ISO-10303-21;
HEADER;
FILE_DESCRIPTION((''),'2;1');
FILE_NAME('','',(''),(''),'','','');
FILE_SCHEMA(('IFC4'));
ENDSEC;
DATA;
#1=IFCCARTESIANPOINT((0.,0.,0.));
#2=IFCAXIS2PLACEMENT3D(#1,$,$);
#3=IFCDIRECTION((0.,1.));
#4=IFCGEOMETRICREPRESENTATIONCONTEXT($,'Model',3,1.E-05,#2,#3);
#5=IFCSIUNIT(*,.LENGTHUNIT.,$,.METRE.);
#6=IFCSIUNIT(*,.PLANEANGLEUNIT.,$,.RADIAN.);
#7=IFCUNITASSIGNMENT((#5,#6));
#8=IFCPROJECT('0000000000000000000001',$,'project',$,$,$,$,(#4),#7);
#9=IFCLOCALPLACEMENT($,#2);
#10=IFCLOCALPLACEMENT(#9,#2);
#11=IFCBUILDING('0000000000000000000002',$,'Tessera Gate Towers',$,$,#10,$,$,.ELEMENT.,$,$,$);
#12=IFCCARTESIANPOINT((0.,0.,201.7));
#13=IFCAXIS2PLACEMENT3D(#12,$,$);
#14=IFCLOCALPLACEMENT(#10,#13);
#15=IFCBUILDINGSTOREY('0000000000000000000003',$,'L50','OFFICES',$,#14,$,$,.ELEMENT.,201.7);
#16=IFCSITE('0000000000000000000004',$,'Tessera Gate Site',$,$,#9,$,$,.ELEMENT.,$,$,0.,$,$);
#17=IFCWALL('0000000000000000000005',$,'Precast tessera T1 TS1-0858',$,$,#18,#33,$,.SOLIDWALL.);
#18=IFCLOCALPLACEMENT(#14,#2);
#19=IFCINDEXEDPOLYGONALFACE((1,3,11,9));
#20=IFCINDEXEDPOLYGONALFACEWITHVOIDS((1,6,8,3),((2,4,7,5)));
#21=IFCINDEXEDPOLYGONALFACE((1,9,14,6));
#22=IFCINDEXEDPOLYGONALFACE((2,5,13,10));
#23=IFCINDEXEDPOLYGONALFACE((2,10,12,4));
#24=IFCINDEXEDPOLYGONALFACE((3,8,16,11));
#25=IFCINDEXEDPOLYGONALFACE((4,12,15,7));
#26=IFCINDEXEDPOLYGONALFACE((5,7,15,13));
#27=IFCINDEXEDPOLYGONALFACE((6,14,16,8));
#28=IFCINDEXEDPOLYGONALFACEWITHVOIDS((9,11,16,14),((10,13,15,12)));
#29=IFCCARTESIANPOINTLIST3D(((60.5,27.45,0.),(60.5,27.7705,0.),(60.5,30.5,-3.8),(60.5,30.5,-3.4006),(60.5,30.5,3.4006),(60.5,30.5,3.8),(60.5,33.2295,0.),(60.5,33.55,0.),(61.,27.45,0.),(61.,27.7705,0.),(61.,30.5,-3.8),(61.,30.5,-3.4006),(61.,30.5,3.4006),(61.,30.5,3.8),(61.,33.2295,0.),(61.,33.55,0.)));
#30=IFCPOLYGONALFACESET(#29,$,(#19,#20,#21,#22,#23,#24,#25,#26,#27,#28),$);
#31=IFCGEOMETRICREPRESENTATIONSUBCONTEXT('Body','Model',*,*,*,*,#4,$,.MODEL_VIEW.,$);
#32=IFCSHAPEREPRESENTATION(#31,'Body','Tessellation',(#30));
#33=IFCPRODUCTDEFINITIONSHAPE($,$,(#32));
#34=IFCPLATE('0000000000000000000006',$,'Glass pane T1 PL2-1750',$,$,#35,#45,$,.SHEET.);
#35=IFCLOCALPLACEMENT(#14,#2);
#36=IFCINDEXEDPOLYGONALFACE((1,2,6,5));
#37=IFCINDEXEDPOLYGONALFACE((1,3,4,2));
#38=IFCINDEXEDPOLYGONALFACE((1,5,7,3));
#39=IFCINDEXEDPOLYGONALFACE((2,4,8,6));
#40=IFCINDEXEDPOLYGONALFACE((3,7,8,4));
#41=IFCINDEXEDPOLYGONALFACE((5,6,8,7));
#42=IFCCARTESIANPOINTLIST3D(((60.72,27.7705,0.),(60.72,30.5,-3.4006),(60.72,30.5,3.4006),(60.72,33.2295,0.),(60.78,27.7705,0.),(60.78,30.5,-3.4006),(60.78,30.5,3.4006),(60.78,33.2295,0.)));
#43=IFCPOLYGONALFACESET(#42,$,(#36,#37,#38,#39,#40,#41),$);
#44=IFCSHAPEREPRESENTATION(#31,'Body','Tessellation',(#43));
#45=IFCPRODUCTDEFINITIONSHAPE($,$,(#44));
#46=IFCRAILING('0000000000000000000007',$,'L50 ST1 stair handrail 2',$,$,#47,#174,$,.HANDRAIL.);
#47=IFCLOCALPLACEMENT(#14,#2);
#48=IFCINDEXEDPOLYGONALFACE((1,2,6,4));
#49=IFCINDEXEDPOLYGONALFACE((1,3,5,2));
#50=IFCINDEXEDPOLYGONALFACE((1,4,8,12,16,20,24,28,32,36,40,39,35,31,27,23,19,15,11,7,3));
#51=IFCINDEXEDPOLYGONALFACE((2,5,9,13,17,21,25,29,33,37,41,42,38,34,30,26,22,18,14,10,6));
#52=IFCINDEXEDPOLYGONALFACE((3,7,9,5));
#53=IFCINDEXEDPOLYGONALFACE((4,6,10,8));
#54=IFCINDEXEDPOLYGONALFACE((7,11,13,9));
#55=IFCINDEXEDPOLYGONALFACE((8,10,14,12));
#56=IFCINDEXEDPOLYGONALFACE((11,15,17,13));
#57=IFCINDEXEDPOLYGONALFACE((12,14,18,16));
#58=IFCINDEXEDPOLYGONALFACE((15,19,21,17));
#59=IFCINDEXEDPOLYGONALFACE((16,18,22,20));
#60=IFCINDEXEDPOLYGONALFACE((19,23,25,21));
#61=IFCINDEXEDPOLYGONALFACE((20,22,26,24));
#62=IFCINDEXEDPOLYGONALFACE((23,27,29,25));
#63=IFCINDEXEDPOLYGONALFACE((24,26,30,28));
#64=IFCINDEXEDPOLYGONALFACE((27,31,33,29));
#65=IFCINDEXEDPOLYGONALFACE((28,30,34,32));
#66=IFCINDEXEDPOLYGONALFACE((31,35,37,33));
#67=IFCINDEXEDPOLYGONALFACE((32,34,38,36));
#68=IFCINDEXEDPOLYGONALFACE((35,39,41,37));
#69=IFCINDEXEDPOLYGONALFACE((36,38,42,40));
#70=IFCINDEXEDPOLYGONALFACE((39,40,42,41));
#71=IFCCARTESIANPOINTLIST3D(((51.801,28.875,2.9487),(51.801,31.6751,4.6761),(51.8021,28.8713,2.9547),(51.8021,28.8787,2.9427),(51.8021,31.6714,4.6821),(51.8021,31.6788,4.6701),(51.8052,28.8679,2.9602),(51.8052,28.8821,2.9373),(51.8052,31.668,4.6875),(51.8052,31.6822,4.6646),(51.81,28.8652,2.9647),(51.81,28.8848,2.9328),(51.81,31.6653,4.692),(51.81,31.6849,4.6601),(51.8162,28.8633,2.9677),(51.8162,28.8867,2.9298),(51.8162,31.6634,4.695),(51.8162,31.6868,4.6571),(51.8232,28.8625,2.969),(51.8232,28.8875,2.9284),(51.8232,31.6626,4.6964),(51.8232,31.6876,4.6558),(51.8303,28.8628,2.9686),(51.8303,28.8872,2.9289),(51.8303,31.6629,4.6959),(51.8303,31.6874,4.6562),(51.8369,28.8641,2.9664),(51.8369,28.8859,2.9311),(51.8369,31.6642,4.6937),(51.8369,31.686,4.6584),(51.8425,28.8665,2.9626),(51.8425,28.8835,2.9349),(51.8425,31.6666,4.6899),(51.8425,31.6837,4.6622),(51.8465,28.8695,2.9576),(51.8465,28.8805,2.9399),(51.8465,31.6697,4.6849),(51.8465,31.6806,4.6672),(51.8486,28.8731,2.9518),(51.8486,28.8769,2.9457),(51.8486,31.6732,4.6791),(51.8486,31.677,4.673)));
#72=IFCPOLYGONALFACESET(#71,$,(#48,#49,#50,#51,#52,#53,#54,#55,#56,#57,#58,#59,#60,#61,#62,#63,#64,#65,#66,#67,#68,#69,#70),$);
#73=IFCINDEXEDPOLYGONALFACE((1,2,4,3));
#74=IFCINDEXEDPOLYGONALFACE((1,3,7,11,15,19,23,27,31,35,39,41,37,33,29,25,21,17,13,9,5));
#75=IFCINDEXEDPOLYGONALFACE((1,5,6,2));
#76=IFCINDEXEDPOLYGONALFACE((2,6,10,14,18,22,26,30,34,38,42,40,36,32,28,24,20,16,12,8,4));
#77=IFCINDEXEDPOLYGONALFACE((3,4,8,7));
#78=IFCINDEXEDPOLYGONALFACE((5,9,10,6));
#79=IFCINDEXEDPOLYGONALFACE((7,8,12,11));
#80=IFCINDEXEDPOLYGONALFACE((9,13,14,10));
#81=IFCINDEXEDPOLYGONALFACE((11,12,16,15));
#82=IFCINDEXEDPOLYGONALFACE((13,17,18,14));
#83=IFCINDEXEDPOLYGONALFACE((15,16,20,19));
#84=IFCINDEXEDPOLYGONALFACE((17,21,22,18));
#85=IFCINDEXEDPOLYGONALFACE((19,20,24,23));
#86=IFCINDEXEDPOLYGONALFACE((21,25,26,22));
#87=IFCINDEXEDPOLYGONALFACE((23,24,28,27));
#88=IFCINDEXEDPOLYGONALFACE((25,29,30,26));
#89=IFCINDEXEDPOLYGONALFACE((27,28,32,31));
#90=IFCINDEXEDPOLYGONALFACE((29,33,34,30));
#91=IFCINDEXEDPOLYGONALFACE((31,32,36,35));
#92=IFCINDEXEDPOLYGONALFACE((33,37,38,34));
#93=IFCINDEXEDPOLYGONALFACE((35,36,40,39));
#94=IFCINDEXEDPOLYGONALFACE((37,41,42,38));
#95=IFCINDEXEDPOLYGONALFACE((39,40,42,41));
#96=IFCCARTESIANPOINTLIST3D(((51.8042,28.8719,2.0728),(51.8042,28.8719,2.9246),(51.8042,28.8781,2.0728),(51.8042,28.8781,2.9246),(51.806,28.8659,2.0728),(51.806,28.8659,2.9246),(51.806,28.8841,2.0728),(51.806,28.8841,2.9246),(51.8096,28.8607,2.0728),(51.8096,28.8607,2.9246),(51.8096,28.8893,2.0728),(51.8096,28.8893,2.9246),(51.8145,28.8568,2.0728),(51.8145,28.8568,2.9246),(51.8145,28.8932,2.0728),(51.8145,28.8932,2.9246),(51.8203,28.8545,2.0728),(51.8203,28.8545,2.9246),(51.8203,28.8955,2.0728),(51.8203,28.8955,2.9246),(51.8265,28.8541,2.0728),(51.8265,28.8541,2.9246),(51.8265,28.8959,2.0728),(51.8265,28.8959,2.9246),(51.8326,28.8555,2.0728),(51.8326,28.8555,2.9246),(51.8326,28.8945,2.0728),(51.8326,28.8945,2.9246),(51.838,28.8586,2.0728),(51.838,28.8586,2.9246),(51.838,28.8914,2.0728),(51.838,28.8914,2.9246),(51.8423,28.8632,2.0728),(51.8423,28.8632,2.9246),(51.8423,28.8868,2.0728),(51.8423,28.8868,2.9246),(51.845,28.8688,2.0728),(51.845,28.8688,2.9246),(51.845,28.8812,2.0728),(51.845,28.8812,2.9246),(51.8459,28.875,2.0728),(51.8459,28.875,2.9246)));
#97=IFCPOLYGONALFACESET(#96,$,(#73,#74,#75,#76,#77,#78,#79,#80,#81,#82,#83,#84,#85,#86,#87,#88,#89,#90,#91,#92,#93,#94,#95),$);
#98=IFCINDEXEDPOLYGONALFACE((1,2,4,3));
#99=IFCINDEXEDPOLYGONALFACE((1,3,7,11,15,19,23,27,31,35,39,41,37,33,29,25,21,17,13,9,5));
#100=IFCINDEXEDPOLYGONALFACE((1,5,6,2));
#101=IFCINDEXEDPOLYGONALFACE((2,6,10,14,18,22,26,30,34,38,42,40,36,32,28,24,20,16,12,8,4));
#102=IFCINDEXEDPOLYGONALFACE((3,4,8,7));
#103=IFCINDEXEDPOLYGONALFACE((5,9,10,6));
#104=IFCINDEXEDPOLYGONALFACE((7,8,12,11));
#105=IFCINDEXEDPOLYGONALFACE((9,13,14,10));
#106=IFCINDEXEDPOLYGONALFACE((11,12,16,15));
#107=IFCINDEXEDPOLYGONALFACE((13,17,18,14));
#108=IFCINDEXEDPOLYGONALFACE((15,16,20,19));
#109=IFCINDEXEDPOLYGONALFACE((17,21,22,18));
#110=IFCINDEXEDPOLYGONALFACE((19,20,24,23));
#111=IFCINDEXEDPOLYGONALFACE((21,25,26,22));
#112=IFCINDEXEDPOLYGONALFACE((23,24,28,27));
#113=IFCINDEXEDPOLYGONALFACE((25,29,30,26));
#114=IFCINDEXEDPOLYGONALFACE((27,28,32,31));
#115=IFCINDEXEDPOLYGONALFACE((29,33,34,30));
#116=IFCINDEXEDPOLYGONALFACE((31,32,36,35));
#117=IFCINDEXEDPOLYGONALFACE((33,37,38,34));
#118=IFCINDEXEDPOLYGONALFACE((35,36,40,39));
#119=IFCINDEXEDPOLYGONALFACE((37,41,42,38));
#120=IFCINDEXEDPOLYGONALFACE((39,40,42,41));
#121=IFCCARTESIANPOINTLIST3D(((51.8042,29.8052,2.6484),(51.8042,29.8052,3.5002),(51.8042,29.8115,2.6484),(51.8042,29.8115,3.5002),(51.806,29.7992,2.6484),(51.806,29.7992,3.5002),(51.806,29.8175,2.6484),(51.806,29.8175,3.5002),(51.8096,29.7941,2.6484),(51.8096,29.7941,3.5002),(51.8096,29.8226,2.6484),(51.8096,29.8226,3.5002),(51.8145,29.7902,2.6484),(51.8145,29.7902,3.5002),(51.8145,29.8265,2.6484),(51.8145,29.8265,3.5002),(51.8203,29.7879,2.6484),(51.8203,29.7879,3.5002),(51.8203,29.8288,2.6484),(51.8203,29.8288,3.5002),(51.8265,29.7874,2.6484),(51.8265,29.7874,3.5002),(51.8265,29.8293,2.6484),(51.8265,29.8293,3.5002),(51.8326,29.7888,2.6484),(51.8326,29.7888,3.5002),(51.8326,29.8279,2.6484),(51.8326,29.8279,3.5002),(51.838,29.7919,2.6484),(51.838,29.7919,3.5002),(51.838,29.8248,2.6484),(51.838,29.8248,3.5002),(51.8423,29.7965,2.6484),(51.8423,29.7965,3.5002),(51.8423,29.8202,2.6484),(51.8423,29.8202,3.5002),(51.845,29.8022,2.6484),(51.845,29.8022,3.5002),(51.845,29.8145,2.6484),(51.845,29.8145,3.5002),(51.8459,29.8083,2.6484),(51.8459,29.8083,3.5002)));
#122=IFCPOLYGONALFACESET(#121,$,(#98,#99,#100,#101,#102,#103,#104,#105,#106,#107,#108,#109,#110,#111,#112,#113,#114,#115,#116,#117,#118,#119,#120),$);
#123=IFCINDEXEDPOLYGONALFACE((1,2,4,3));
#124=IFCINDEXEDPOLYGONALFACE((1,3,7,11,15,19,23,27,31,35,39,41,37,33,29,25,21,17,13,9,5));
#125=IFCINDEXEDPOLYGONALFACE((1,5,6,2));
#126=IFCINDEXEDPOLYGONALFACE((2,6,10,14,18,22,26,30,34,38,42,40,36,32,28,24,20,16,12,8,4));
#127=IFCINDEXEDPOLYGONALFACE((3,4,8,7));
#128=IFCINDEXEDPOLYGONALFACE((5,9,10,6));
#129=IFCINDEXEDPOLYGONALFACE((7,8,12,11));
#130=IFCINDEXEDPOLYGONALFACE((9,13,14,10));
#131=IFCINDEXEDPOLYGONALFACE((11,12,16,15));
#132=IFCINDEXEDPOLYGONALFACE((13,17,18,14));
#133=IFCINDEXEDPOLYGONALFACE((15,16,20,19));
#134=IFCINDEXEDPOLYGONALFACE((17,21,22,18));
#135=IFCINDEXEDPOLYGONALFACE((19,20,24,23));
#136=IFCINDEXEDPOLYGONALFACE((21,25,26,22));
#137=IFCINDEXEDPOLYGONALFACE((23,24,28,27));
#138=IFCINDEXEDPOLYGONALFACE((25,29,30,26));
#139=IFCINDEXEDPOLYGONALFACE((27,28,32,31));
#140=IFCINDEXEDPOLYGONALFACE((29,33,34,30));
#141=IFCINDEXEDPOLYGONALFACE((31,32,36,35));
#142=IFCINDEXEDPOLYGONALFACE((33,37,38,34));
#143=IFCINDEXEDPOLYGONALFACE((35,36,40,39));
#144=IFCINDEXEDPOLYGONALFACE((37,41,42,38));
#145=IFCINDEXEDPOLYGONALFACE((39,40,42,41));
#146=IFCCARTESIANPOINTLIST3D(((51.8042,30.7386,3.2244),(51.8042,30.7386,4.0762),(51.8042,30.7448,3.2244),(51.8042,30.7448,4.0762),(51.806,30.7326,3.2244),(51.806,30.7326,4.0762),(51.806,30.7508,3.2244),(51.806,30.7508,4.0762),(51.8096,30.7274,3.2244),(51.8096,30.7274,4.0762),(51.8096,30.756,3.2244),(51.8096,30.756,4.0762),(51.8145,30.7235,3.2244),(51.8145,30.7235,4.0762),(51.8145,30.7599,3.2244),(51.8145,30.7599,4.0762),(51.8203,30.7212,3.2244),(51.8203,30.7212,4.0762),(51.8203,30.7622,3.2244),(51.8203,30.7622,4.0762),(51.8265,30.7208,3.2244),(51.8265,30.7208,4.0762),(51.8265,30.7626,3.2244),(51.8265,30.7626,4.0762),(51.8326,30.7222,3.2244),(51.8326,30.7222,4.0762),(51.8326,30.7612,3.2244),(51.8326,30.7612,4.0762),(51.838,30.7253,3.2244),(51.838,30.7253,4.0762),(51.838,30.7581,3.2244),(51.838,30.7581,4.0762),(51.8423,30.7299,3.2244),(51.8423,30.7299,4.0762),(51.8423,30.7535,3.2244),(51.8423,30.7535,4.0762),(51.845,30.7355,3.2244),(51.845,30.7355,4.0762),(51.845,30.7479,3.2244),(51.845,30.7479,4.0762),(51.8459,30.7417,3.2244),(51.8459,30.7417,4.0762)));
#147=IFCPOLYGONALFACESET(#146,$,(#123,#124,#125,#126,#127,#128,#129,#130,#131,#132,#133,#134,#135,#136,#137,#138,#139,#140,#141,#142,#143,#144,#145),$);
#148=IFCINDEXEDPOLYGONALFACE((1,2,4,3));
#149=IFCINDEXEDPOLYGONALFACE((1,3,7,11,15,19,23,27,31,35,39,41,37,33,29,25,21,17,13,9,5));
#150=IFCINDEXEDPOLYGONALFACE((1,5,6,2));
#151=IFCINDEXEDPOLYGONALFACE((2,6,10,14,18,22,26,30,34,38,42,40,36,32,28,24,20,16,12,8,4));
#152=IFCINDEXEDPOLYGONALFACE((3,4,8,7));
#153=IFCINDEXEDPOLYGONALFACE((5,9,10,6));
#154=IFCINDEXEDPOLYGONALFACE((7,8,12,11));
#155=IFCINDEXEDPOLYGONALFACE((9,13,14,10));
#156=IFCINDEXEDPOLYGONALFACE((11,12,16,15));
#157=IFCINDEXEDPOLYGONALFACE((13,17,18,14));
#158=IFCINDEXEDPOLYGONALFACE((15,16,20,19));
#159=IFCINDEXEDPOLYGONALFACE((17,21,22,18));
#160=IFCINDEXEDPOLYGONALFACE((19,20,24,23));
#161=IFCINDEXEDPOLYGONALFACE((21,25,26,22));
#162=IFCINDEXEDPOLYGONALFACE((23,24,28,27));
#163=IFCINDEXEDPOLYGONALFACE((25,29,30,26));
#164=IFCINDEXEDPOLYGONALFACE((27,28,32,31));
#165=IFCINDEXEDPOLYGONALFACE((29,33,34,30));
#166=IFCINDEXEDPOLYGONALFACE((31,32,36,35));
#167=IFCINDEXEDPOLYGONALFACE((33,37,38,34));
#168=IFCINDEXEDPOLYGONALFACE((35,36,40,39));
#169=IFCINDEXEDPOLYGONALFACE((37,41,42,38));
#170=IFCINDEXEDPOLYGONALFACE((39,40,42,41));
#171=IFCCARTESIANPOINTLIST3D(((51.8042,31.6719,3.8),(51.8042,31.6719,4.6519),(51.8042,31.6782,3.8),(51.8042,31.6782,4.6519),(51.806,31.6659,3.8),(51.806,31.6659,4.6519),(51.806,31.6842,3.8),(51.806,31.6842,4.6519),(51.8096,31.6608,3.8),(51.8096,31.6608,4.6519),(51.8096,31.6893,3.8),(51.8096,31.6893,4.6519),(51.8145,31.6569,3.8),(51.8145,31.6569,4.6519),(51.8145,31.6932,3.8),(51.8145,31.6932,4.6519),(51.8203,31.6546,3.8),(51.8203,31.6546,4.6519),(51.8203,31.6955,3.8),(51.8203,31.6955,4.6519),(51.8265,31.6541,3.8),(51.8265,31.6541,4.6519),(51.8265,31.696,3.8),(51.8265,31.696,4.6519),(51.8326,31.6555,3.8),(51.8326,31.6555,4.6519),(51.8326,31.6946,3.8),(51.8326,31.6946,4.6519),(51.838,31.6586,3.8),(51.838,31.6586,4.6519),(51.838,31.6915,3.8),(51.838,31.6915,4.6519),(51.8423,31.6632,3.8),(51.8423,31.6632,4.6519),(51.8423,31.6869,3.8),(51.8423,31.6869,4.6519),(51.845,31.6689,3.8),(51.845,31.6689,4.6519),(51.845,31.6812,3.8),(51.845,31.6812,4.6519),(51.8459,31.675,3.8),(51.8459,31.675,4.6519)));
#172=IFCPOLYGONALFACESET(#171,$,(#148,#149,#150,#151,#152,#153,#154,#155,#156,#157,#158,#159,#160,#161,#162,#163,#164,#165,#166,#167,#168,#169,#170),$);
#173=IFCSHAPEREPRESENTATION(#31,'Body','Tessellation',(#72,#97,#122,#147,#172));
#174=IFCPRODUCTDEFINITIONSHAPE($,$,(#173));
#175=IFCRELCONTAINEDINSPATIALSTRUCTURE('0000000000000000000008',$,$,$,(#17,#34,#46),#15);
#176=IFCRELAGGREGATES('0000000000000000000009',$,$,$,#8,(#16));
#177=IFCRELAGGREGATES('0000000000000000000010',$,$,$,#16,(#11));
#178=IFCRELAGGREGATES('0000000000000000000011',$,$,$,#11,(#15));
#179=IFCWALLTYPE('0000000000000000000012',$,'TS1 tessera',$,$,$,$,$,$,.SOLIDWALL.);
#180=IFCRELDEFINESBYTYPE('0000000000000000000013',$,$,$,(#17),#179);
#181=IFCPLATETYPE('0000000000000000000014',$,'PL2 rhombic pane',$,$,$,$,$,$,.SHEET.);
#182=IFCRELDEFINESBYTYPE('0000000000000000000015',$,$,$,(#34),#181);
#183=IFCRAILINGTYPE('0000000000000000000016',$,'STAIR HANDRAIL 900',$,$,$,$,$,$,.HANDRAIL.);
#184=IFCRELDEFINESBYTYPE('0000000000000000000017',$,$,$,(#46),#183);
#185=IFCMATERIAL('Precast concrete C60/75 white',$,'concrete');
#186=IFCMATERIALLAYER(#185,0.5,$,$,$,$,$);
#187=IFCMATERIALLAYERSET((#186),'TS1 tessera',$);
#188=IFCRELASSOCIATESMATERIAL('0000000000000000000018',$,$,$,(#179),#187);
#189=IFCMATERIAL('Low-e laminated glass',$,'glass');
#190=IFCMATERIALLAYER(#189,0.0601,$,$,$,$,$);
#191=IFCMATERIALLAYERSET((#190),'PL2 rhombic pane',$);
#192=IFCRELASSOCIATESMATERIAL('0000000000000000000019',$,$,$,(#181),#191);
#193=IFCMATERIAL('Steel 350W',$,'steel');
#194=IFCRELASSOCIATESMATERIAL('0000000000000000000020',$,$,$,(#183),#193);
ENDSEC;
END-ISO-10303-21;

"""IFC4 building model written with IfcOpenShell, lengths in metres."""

from ifc_helpers import new_model, si_unit, direction, frame, origin, origin_2d, place, context, subcontext, project, spatial, polyline, circle, outline, extrude, source, transform, mapped, material, layer, layer_set, type_object, element, fill, save


model = new_model("IFC4")

# Units and contexts
model_context = context("Model", 3, precision=1e-05, world=origin(), true_north=direction((0.0, 1.0)))
body_context = subcontext(model_context, "Body", "Model", "MODEL_VIEW")
ifc_project = project(units=[si_unit("LENGTHUNIT", "METRE"), si_unit("PLANEANGLEUNIT", "RADIAN")], contexts=[model_context])

# Site, building, storey
site_placement = place(None, origin())
site = spatial("IfcSite", under=ifc_project, at=site_placement, Name="Tessera Gate Site", CompositionType="ELEMENT", RefElevation=0.0)
building_placement = place(site_placement, origin())
building = spatial("IfcBuilding", under=site, at=building_placement, Name="Tessera Gate Towers", CompositionType="ELEMENT")
storey_placement = place(building_placement, frame((0.0, 0.0, 201.7)))
storey = spatial("IfcBuildingStorey", under=building, at=storey_placement, Name="L50", Description="OFFICES", CompositionType="ELEMENT", Elevation=201.7)

# Wall, opening, plate
ifc_material_1 = material(Name="Precast concrete C60/75 white", Category="concrete")
ifc_layer_1 = layer(ifc_material_1, 0.5)
ifc_layer_set_1 = layer_set([ifc_layer_1], Name="TS1 tessera")
wall_type_1 = type_object("IfcWallType", Name="TS1 tessera", PredefinedType="SOLIDWALL", material=ifc_layer_set_1)
shared_shape_1 = source(origin(), body_context, "Body", "SweptSolid", [
    extrude(outline(polyline([(3.05, 0.0), (6.1001, 3.8), (3.05, 7.6001), (0.0, 3.8), (3.05, 0.0)])), frame((0.0, 0.25, 0.0), z_axis=(0.0, -1.0, 0.0), x_axis=(1.0, 0.0, 0.0)), (0.0, 0.0, 1.0), 0.5),
])
shared_shape_2 = source(origin(), body_context, "Body", "SweptSolid", [
    extrude(outline(polyline([(3.05, 0.3994), (5.7795, 3.8), (3.05, 7.2007), (0.3206, 3.8), (3.05, 0.3994)])), frame((0.0, 0.26, 0.0), z_axis=(0.0, -1.0, 0.0), x_axis=(1.0, 0.0, 0.0)), (0.0, 0.0, 1.0), 0.52),
])
ifc_material_2 = material(Name="Low-e laminated glass", Category="glass")
ifc_layer_2 = layer(ifc_material_2, 0.0601)
ifc_layer_set_2 = layer_set([ifc_layer_2], Name="PL2 rhombic pane")
plate_type = type_object("IfcPlateType", Name="PL2 rhombic pane", PredefinedType="SHEET", material=ifc_layer_set_2)
shared_shape_3 = source(origin(), body_context, "Body", "SweptSolid", [
    extrude(outline(polyline([(3.05, 0.3994), (5.7795, 3.8), (3.05, 7.2007), (0.3206, 3.8), (3.05, 0.3994)])), frame((0.0, 0.03, 0.0), z_axis=(0.0, -1.0, 0.0), x_axis=(1.0, 0.0, 0.0)), (0.0, 0.0, 1.0), 0.0601),
])
wall_1_placement = place(storey_placement, frame((60.75, 27.45, -3.8), z_axis=(0.0, 0.0, 1.0), x_axis=(0.0, 1.0, 0.0)))
wall_1 = element("IfcWall", 1, at=wall_1_placement, inside=storey, type_object=wall_type_1, Name="Precast tessera T1 TS1-0858", PredefinedType="SOLIDWALL", context=body_context, shape_type="MappedRepresentation", body=[
    mapped(shared_shape_1, transform((0.0, 0.0, 0.0), scale=1.0)),
])
opening_1_placement = place(wall_1_placement, origin())
opening_1 = element("IfcOpeningElement", 2, at=opening_1_placement, cuts=wall_1, PredefinedType="OPENING", context=body_context, shape_type="MappedRepresentation", body=[
    mapped(shared_shape_2, transform((0.0, 0.0, 0.0), scale=1.0)),
])
plate_1_placement = place(opening_1_placement, origin())
plate_1 = element("IfcPlate", 3, at=plate_1_placement, inside=storey, type_object=plate_type, Name="Glass pane T1 PL2-1750", PredefinedType="SHEET", context=body_context, shape_type="MappedRepresentation", body=[
    mapped(shared_shape_3, transform((0.0, 0.0, 0.0), scale=1.0)),
])
fill(opening_1, plate_1)

# Railing
ifc_material_3 = material(Name="Steel 350W", Category="steel")
railing_type = type_object("IfcRailingType", Name="STAIR HANDRAIL 900", PredefinedType="HANDRAIL", material=ifc_material_3)
railing_placement = place(storey_placement, frame((51.825, 28.875, 2.0728)))
element("IfcRailing", 4, at=railing_placement, inside=storey, type_object=railing_type, Name="L50 ST1 stair handrail 2", PredefinedType="HANDRAIL", context=body_context, shape_type="SweptSolid", body=[
    extrude(circle(Radius=0.0239, at=origin_2d()), frame((0.0, 0.0, 0.876), z_axis=(0.0, 0.85109, 0.52502), x_axis=(-1.0, 0.0, 0.0)), (0.0, 0.0, 1.0), 3.29),
    extrude(circle(Radius=0.021, at=origin_2d()), origin(), (0.0, 0.0, 1.0), 0.8518),
    extrude(circle(Radius=0.021, at=origin_2d()), frame((0.0, 0.9333, 0.5757)), (0.0, 0.0, 1.0), 0.8518),
    extrude(circle(Radius=0.021, at=origin_2d()), frame((0.0, 1.8667, 1.1516)), (0.0, 0.0, 1.0), 0.8518),
    extrude(circle(Radius=0.021, at=origin_2d()), frame((0.0, 2.8, 1.7273)), (0.0, 0.0, 1.0), 0.8518),
])

save(model, "model.ifc")
